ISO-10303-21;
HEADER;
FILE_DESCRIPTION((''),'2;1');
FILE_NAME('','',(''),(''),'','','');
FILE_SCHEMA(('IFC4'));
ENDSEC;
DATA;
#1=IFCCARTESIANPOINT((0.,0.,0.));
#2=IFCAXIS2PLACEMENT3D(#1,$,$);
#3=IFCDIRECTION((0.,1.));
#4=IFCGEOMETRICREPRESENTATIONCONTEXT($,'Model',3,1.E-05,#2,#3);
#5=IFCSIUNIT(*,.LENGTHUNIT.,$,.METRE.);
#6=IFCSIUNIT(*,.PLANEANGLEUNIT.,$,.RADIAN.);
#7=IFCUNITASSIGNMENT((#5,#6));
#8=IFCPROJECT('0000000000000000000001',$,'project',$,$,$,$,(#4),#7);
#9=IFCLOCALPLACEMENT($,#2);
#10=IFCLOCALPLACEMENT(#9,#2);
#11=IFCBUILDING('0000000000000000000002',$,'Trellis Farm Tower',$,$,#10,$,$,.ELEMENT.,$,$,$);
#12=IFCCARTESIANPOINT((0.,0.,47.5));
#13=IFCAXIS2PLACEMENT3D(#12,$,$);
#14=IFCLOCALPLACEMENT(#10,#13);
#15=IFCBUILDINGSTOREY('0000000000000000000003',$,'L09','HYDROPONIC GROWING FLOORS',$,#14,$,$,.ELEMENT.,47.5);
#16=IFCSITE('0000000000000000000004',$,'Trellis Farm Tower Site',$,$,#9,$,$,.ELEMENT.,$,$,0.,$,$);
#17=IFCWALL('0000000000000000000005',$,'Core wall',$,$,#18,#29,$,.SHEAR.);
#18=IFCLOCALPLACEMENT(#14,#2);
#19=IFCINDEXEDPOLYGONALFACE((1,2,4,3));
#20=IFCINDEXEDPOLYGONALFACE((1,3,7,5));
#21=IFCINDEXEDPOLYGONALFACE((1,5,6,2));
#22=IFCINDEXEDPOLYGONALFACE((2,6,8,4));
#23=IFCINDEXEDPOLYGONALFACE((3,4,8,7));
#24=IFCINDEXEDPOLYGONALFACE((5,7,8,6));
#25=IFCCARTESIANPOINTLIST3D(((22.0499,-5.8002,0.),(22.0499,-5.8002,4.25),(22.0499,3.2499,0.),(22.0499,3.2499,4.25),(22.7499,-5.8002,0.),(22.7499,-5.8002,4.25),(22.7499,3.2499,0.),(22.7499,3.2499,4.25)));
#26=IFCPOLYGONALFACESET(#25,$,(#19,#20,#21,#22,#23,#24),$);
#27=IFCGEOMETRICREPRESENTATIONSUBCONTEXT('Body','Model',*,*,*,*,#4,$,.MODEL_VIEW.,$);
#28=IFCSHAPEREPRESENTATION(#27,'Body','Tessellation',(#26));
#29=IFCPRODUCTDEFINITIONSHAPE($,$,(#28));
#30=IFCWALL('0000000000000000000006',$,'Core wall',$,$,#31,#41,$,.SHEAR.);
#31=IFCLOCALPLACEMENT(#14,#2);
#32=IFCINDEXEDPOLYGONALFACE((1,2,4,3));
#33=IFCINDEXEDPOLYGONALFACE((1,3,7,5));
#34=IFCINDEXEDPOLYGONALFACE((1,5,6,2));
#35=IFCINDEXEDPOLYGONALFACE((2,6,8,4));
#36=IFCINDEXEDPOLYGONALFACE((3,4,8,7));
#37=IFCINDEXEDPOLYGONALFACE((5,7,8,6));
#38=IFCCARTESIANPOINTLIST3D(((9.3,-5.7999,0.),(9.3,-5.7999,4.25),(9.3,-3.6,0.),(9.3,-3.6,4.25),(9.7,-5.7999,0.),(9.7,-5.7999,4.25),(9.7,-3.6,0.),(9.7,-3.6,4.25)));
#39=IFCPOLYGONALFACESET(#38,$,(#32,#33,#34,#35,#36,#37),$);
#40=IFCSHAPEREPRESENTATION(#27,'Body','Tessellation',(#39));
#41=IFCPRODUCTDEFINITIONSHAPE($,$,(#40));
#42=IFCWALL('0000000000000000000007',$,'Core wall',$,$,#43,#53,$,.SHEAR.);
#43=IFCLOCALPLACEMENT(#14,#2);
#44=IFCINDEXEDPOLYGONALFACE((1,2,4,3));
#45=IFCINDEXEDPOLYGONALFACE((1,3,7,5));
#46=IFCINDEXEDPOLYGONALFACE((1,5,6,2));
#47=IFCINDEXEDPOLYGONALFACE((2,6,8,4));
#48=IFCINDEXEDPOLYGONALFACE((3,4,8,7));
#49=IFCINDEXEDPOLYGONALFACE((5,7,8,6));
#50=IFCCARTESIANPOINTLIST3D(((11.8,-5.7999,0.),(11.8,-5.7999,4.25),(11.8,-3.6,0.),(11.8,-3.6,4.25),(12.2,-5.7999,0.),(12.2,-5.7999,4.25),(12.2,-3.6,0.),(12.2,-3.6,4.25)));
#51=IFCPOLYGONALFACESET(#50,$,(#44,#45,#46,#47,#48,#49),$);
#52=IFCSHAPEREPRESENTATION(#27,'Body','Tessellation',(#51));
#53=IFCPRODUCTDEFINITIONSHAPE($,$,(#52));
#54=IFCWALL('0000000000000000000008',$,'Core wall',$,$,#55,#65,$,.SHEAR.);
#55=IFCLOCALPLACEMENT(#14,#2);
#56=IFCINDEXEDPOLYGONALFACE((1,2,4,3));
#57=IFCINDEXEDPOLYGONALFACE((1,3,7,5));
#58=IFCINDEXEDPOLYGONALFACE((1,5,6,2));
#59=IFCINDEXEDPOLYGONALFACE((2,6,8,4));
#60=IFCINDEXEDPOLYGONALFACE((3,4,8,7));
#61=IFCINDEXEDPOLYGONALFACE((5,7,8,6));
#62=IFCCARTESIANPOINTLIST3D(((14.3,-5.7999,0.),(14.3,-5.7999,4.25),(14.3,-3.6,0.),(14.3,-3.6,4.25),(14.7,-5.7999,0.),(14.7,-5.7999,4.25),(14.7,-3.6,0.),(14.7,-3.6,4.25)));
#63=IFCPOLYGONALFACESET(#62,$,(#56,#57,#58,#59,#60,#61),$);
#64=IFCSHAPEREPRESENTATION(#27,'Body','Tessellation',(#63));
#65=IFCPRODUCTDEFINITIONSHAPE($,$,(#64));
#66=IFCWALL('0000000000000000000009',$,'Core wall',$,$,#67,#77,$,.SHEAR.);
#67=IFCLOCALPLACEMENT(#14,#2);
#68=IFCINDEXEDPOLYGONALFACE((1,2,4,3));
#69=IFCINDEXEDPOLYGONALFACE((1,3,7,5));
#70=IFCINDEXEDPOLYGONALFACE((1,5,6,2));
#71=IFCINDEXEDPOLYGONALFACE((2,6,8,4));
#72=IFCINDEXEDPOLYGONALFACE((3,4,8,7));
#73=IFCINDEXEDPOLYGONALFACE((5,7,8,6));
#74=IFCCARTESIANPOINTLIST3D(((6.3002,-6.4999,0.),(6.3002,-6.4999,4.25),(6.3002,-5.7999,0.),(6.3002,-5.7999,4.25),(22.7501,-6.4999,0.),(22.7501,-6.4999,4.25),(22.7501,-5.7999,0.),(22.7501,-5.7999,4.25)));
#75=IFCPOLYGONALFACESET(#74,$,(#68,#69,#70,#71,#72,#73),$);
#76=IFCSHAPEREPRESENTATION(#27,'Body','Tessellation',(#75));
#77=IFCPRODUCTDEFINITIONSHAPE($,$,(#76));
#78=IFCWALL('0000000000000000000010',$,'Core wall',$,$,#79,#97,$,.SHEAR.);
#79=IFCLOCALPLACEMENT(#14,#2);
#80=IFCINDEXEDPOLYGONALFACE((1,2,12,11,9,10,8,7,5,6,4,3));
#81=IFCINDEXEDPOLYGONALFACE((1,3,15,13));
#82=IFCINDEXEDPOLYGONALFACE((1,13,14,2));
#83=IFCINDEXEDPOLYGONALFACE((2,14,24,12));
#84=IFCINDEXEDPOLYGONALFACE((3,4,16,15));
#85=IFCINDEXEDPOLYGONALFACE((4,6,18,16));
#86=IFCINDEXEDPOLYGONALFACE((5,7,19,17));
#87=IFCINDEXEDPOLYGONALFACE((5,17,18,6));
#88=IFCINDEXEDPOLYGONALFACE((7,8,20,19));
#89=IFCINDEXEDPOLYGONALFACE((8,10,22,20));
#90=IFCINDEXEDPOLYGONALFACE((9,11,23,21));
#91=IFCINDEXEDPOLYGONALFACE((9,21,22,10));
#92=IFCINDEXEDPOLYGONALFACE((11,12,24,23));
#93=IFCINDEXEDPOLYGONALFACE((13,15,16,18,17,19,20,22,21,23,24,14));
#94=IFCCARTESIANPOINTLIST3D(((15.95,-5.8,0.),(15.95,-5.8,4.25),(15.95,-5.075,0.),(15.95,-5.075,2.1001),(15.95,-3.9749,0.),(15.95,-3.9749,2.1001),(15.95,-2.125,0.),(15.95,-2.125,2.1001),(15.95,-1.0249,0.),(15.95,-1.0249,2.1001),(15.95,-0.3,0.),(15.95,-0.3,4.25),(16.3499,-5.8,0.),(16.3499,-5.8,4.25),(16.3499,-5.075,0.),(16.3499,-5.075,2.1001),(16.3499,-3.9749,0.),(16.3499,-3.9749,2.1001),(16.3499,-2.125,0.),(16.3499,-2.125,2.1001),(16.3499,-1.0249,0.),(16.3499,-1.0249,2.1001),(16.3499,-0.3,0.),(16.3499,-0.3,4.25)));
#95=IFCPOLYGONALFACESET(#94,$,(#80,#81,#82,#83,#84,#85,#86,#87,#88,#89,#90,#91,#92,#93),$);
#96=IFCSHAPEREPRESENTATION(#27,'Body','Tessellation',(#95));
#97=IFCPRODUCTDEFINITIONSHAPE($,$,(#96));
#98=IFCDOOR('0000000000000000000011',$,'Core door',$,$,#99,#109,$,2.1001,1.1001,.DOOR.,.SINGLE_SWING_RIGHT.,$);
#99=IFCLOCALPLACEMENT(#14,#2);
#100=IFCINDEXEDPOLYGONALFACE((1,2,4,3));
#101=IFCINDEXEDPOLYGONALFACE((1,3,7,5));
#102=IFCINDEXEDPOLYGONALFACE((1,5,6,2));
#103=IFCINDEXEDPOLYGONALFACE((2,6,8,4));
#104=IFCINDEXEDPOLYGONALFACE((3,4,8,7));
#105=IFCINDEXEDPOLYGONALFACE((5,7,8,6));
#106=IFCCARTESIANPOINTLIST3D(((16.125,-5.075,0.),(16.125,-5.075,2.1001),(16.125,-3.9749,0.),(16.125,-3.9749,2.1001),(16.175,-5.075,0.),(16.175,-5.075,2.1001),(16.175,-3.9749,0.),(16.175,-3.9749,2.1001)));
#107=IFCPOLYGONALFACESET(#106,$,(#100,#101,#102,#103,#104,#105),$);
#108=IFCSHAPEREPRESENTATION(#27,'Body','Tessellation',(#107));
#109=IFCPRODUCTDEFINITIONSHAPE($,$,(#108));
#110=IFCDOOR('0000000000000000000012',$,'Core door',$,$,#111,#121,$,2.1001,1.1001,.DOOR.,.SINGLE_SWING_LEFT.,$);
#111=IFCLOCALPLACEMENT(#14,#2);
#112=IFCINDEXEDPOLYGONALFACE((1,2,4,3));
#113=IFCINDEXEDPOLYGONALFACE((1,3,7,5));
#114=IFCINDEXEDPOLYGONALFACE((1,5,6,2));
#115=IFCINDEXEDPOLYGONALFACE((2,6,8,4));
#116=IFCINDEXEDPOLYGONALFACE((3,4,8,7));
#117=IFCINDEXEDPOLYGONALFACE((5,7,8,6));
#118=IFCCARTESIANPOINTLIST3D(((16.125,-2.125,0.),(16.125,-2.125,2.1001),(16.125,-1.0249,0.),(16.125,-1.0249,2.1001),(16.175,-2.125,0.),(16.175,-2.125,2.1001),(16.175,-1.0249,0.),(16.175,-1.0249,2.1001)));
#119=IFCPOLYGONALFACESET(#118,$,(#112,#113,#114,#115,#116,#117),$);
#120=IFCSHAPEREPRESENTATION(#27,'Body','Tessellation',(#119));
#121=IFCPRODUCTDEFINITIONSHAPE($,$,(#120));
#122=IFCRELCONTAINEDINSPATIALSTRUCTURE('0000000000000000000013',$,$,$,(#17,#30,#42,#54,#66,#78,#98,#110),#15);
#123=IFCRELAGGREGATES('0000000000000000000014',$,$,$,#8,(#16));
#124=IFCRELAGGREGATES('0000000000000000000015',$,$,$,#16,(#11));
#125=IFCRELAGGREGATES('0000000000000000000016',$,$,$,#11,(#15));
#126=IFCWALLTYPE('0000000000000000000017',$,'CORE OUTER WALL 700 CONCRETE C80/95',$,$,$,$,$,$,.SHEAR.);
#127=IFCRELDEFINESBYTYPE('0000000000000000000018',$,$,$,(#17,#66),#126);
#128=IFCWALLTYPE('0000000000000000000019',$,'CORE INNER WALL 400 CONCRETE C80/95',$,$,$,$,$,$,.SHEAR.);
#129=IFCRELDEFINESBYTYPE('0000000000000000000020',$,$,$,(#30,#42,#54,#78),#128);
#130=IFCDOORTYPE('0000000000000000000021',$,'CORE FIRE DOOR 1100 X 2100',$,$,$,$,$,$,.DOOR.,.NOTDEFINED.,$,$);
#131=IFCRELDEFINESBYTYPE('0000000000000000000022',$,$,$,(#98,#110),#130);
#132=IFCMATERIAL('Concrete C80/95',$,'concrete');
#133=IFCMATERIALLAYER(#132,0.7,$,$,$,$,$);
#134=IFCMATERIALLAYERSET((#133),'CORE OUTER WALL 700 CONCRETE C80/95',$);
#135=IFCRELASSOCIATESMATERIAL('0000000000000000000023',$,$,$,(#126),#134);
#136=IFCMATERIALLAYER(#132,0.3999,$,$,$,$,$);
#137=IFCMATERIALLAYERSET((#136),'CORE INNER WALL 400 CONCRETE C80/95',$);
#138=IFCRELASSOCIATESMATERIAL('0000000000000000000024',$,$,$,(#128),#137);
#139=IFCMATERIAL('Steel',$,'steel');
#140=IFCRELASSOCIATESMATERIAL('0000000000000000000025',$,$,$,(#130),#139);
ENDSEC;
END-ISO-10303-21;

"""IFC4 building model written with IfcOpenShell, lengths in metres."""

from ifc_helpers import new_model, si_unit, direction, frame, frame_2d, origin, place, context, subcontext, project, spatial, rectangle, extrude, source, transform, mapped, material, layer, layer_set, type_object, element, fill, save


model = new_model("IFC4")

# Units and contexts
model_context = context("Model", 3, precision=1e-05, world=origin(), true_north=direction((0.0, 1.0)))
body_context = subcontext(model_context, "Body", "Model", "MODEL_VIEW")
ifc_project = project(units=[si_unit("LENGTHUNIT", "METRE"), si_unit("PLANEANGLEUNIT", "RADIAN")], contexts=[model_context])

# Site, building, storey
site_placement = place(None, origin())
site = spatial("IfcSite", under=ifc_project, at=site_placement, Name="Trellis Farm Tower Site", CompositionType="ELEMENT", RefElevation=0.0)
building_placement = place(site_placement, origin())
building = spatial("IfcBuilding", under=site, at=building_placement, Name="Trellis Farm Tower", CompositionType="ELEMENT")
storey_placement = place(building_placement, frame((0.0, 0.0, 47.5)))
storey = spatial("IfcBuildingStorey", under=building, at=storey_placement, Name="L09", Description="HYDROPONIC GROWING FLOORS", CompositionType="ELEMENT", Elevation=47.5)

# Shared definitions
ifc_material_1 = material(Name="Concrete C80/95", Category="concrete")

# Shared definitions
ifc_layer_1 = layer(ifc_material_1, 0.7)
ifc_layer_set_1 = layer_set([ifc_layer_1], Name="CORE OUTER WALL 700 CONCRETE C80/95")
wall_type_1 = type_object("IfcWallType", Name="CORE OUTER WALL 700 CONCRETE C80/95", PredefinedType="SHEAR", material=ifc_layer_set_1)
shared_shape_1 = source(origin(), body_context, "Body", "SweptSolid", [
    extrude(rectangle(XDim=9.05, YDim=0.7, at=frame_2d((4.5249, 0.0))), origin(), (0.0, 0.0, 1.0), 4.25),
])
ifc_material_2 = material(Name="Steel", Category="steel")

# Walls
wall_1_placement = place(storey_placement, frame((22.3999, -5.8, 0.0), z_axis=(0.0, 0.0, 1.0), x_axis=(0.0, 1.0, 0.0)))
element("IfcWall", 1, at=wall_1_placement, inside=storey, type_object=wall_type_1, Name="Core wall", PredefinedType="SHEAR", context=body_context, shape_type="MappedRepresentation", body=[
    mapped(shared_shape_1, transform((0.0, 0.0, 0.0))),
])
ifc_layer_2 = layer(ifc_material_1, 0.3999)
ifc_layer_set_2 = layer_set([ifc_layer_2], Name="CORE INNER WALL 400 CONCRETE C80/95")
wall_type_2 = type_object("IfcWallType", Name="CORE INNER WALL 400 CONCRETE C80/95", PredefinedType="SHEAR", material=ifc_layer_set_2)
shared_shape_2 = source(origin(), body_context, "Body", "SweptSolid", [
    extrude(rectangle(XDim=2.2, YDim=0.3999, at=frame_2d((1.1001, 0.0))), origin(), (0.0, 0.0, 1.0), 4.25),
])
for number, where, z_axis, x_axis, name in (
    (2, (9.5, -5.8, 0.0), (0.0, 0.0, 1.0), (0.0, 1.0, 0.0), "Core wall"),
    (3, (12.0, -5.8, 0.0), (0.0, 0.0, 1.0), (0.0, 1.0, 0.0), "Core wall"),
    (4, (14.5, -5.8, 0.0), (0.0, 0.0, 1.0), (0.0, 1.0, 0.0), "Core wall"),
):
    element("IfcWall", number, at=place(storey_placement, frame(where, z_axis=z_axis, x_axis=x_axis)), inside=storey, type_object=wall_type_2, Name=name, PredefinedType="SHEAR", context=body_context, shape_type="MappedRepresentation", body=[
        mapped(shared_shape_2, transform((0.0, 0.0, 0.0))),
    ])
shared_shape_3 = source(origin(), body_context, "Body", "SweptSolid", [
    extrude(rectangle(XDim=16.45, YDim=0.7, at=frame_2d((8.2251, 0.0))), origin(), (0.0, 0.0, 1.0), 4.25),
])
wall_2_placement = place(storey_placement, frame((6.3, -6.1499, 0.0), z_axis=(0.0, 0.0, 1.0), x_axis=(1.0, 0.0, 0.0)))
element("IfcWall", 5, at=wall_2_placement, inside=storey, type_object=wall_type_1, Name="Core wall", PredefinedType="SHEAR", context=body_context, shape_type="MappedRepresentation", body=[
    mapped(shared_shape_3, transform((0.0, 0.0, 0.0))),
])

# Wall, openings, doors
shared_shape_4 = source(origin(), body_context, "Body", "SweptSolid", [
    extrude(rectangle(XDim=5.5, YDim=0.3999, at=frame_2d((2.75, 0.0))), origin(), (0.0, 0.0, 1.0), 4.25),
])
wall_3_placement = place(storey_placement, frame((16.1499, -5.8, 0.0), z_axis=(0.0, 0.0, 1.0), x_axis=(0.0, 1.0, 0.0)))
wall_3 = element("IfcWall", 6, at=wall_3_placement, inside=storey, type_object=wall_type_2, Name="Core wall", PredefinedType="SHEAR", context=body_context, shape_type="MappedRepresentation", body=[
    mapped(shared_shape_4, transform((0.0, 0.0, 0.0))),
])
shared_shape_5 = source(origin(), body_context, "Body", "SweptSolid", [
    extrude(rectangle(XDim=1.1001, YDim=2.1001, at=frame_2d((0.55, 1.05))), frame((0.0, 0.21, 0.0), z_axis=(0.0, -1.0, 0.0), x_axis=(1.0, 0.0, 0.0)), (0.0, 0.0, 1.0), 0.4199),
])
opening_1_placement = place(wall_3_placement, frame((0.7251, 0.0, 0.0)))
opening_1 = element("IfcOpeningElement", 7, at=opening_1_placement, cuts=wall_3, PredefinedType="OPENING", context=body_context, shape_type="MappedRepresentation", body=[
    mapped(shared_shape_5, transform((0.0, 0.0, 0.0))),
])
opening_2_placement = place(wall_3_placement, frame((3.675, 0.0, 0.0)))
opening_2 = element("IfcOpeningElement", 8, at=opening_2_placement, cuts=wall_3, PredefinedType="OPENING", context=body_context, shape_type="MappedRepresentation", body=[
    mapped(shared_shape_5, transform((0.0, 0.0, 0.0))),
])
door_type_1 = type_object("IfcDoorType", Name="CORE FIRE DOOR 1100 X 2100", OperationType="NOTDEFINED", PredefinedType="DOOR", material=ifc_material_2)
shared_shape_6 = source(origin(), body_context, "Body", "SweptSolid", [
    extrude(rectangle(XDim=1.1001, YDim=2.1001, at=frame_2d((0.55, 1.05))), frame((0.0, 0.0249, 0.0), z_axis=(0.0, -1.0, 0.0), x_axis=(1.0, 0.0, 0.0)), (0.0, 0.0, 1.0), 0.05),
])
door_1_placement = place(opening_1_placement, origin())
door_1 = element("IfcDoor", 9, at=door_1_placement, inside=storey, type_object=door_type_1, Name="Core door", OperationType="SINGLE_SWING_RIGHT", OverallHeight=2.1001, OverallWidth=1.1001, PredefinedType="DOOR", context=body_context, shape_type="MappedRepresentation", body=[
    mapped(shared_shape_6, transform((0.0, 0.0, 0.0))),
])
fill(opening_1, door_1)
door_2_placement = place(opening_2_placement, origin())
door_2 = element("IfcDoor", 10, at=door_2_placement, inside=storey, type_object=door_type_1, Name="Core door", OperationType="SINGLE_SWING_LEFT", OverallHeight=2.1001, OverallWidth=1.1001, PredefinedType="DOOR", context=body_context, shape_type="MappedRepresentation", body=[
    mapped(shared_shape_6, transform((0.0, 0.0, 0.0))),
])
fill(opening_2, door_2)

save(model, "model.ifc")
